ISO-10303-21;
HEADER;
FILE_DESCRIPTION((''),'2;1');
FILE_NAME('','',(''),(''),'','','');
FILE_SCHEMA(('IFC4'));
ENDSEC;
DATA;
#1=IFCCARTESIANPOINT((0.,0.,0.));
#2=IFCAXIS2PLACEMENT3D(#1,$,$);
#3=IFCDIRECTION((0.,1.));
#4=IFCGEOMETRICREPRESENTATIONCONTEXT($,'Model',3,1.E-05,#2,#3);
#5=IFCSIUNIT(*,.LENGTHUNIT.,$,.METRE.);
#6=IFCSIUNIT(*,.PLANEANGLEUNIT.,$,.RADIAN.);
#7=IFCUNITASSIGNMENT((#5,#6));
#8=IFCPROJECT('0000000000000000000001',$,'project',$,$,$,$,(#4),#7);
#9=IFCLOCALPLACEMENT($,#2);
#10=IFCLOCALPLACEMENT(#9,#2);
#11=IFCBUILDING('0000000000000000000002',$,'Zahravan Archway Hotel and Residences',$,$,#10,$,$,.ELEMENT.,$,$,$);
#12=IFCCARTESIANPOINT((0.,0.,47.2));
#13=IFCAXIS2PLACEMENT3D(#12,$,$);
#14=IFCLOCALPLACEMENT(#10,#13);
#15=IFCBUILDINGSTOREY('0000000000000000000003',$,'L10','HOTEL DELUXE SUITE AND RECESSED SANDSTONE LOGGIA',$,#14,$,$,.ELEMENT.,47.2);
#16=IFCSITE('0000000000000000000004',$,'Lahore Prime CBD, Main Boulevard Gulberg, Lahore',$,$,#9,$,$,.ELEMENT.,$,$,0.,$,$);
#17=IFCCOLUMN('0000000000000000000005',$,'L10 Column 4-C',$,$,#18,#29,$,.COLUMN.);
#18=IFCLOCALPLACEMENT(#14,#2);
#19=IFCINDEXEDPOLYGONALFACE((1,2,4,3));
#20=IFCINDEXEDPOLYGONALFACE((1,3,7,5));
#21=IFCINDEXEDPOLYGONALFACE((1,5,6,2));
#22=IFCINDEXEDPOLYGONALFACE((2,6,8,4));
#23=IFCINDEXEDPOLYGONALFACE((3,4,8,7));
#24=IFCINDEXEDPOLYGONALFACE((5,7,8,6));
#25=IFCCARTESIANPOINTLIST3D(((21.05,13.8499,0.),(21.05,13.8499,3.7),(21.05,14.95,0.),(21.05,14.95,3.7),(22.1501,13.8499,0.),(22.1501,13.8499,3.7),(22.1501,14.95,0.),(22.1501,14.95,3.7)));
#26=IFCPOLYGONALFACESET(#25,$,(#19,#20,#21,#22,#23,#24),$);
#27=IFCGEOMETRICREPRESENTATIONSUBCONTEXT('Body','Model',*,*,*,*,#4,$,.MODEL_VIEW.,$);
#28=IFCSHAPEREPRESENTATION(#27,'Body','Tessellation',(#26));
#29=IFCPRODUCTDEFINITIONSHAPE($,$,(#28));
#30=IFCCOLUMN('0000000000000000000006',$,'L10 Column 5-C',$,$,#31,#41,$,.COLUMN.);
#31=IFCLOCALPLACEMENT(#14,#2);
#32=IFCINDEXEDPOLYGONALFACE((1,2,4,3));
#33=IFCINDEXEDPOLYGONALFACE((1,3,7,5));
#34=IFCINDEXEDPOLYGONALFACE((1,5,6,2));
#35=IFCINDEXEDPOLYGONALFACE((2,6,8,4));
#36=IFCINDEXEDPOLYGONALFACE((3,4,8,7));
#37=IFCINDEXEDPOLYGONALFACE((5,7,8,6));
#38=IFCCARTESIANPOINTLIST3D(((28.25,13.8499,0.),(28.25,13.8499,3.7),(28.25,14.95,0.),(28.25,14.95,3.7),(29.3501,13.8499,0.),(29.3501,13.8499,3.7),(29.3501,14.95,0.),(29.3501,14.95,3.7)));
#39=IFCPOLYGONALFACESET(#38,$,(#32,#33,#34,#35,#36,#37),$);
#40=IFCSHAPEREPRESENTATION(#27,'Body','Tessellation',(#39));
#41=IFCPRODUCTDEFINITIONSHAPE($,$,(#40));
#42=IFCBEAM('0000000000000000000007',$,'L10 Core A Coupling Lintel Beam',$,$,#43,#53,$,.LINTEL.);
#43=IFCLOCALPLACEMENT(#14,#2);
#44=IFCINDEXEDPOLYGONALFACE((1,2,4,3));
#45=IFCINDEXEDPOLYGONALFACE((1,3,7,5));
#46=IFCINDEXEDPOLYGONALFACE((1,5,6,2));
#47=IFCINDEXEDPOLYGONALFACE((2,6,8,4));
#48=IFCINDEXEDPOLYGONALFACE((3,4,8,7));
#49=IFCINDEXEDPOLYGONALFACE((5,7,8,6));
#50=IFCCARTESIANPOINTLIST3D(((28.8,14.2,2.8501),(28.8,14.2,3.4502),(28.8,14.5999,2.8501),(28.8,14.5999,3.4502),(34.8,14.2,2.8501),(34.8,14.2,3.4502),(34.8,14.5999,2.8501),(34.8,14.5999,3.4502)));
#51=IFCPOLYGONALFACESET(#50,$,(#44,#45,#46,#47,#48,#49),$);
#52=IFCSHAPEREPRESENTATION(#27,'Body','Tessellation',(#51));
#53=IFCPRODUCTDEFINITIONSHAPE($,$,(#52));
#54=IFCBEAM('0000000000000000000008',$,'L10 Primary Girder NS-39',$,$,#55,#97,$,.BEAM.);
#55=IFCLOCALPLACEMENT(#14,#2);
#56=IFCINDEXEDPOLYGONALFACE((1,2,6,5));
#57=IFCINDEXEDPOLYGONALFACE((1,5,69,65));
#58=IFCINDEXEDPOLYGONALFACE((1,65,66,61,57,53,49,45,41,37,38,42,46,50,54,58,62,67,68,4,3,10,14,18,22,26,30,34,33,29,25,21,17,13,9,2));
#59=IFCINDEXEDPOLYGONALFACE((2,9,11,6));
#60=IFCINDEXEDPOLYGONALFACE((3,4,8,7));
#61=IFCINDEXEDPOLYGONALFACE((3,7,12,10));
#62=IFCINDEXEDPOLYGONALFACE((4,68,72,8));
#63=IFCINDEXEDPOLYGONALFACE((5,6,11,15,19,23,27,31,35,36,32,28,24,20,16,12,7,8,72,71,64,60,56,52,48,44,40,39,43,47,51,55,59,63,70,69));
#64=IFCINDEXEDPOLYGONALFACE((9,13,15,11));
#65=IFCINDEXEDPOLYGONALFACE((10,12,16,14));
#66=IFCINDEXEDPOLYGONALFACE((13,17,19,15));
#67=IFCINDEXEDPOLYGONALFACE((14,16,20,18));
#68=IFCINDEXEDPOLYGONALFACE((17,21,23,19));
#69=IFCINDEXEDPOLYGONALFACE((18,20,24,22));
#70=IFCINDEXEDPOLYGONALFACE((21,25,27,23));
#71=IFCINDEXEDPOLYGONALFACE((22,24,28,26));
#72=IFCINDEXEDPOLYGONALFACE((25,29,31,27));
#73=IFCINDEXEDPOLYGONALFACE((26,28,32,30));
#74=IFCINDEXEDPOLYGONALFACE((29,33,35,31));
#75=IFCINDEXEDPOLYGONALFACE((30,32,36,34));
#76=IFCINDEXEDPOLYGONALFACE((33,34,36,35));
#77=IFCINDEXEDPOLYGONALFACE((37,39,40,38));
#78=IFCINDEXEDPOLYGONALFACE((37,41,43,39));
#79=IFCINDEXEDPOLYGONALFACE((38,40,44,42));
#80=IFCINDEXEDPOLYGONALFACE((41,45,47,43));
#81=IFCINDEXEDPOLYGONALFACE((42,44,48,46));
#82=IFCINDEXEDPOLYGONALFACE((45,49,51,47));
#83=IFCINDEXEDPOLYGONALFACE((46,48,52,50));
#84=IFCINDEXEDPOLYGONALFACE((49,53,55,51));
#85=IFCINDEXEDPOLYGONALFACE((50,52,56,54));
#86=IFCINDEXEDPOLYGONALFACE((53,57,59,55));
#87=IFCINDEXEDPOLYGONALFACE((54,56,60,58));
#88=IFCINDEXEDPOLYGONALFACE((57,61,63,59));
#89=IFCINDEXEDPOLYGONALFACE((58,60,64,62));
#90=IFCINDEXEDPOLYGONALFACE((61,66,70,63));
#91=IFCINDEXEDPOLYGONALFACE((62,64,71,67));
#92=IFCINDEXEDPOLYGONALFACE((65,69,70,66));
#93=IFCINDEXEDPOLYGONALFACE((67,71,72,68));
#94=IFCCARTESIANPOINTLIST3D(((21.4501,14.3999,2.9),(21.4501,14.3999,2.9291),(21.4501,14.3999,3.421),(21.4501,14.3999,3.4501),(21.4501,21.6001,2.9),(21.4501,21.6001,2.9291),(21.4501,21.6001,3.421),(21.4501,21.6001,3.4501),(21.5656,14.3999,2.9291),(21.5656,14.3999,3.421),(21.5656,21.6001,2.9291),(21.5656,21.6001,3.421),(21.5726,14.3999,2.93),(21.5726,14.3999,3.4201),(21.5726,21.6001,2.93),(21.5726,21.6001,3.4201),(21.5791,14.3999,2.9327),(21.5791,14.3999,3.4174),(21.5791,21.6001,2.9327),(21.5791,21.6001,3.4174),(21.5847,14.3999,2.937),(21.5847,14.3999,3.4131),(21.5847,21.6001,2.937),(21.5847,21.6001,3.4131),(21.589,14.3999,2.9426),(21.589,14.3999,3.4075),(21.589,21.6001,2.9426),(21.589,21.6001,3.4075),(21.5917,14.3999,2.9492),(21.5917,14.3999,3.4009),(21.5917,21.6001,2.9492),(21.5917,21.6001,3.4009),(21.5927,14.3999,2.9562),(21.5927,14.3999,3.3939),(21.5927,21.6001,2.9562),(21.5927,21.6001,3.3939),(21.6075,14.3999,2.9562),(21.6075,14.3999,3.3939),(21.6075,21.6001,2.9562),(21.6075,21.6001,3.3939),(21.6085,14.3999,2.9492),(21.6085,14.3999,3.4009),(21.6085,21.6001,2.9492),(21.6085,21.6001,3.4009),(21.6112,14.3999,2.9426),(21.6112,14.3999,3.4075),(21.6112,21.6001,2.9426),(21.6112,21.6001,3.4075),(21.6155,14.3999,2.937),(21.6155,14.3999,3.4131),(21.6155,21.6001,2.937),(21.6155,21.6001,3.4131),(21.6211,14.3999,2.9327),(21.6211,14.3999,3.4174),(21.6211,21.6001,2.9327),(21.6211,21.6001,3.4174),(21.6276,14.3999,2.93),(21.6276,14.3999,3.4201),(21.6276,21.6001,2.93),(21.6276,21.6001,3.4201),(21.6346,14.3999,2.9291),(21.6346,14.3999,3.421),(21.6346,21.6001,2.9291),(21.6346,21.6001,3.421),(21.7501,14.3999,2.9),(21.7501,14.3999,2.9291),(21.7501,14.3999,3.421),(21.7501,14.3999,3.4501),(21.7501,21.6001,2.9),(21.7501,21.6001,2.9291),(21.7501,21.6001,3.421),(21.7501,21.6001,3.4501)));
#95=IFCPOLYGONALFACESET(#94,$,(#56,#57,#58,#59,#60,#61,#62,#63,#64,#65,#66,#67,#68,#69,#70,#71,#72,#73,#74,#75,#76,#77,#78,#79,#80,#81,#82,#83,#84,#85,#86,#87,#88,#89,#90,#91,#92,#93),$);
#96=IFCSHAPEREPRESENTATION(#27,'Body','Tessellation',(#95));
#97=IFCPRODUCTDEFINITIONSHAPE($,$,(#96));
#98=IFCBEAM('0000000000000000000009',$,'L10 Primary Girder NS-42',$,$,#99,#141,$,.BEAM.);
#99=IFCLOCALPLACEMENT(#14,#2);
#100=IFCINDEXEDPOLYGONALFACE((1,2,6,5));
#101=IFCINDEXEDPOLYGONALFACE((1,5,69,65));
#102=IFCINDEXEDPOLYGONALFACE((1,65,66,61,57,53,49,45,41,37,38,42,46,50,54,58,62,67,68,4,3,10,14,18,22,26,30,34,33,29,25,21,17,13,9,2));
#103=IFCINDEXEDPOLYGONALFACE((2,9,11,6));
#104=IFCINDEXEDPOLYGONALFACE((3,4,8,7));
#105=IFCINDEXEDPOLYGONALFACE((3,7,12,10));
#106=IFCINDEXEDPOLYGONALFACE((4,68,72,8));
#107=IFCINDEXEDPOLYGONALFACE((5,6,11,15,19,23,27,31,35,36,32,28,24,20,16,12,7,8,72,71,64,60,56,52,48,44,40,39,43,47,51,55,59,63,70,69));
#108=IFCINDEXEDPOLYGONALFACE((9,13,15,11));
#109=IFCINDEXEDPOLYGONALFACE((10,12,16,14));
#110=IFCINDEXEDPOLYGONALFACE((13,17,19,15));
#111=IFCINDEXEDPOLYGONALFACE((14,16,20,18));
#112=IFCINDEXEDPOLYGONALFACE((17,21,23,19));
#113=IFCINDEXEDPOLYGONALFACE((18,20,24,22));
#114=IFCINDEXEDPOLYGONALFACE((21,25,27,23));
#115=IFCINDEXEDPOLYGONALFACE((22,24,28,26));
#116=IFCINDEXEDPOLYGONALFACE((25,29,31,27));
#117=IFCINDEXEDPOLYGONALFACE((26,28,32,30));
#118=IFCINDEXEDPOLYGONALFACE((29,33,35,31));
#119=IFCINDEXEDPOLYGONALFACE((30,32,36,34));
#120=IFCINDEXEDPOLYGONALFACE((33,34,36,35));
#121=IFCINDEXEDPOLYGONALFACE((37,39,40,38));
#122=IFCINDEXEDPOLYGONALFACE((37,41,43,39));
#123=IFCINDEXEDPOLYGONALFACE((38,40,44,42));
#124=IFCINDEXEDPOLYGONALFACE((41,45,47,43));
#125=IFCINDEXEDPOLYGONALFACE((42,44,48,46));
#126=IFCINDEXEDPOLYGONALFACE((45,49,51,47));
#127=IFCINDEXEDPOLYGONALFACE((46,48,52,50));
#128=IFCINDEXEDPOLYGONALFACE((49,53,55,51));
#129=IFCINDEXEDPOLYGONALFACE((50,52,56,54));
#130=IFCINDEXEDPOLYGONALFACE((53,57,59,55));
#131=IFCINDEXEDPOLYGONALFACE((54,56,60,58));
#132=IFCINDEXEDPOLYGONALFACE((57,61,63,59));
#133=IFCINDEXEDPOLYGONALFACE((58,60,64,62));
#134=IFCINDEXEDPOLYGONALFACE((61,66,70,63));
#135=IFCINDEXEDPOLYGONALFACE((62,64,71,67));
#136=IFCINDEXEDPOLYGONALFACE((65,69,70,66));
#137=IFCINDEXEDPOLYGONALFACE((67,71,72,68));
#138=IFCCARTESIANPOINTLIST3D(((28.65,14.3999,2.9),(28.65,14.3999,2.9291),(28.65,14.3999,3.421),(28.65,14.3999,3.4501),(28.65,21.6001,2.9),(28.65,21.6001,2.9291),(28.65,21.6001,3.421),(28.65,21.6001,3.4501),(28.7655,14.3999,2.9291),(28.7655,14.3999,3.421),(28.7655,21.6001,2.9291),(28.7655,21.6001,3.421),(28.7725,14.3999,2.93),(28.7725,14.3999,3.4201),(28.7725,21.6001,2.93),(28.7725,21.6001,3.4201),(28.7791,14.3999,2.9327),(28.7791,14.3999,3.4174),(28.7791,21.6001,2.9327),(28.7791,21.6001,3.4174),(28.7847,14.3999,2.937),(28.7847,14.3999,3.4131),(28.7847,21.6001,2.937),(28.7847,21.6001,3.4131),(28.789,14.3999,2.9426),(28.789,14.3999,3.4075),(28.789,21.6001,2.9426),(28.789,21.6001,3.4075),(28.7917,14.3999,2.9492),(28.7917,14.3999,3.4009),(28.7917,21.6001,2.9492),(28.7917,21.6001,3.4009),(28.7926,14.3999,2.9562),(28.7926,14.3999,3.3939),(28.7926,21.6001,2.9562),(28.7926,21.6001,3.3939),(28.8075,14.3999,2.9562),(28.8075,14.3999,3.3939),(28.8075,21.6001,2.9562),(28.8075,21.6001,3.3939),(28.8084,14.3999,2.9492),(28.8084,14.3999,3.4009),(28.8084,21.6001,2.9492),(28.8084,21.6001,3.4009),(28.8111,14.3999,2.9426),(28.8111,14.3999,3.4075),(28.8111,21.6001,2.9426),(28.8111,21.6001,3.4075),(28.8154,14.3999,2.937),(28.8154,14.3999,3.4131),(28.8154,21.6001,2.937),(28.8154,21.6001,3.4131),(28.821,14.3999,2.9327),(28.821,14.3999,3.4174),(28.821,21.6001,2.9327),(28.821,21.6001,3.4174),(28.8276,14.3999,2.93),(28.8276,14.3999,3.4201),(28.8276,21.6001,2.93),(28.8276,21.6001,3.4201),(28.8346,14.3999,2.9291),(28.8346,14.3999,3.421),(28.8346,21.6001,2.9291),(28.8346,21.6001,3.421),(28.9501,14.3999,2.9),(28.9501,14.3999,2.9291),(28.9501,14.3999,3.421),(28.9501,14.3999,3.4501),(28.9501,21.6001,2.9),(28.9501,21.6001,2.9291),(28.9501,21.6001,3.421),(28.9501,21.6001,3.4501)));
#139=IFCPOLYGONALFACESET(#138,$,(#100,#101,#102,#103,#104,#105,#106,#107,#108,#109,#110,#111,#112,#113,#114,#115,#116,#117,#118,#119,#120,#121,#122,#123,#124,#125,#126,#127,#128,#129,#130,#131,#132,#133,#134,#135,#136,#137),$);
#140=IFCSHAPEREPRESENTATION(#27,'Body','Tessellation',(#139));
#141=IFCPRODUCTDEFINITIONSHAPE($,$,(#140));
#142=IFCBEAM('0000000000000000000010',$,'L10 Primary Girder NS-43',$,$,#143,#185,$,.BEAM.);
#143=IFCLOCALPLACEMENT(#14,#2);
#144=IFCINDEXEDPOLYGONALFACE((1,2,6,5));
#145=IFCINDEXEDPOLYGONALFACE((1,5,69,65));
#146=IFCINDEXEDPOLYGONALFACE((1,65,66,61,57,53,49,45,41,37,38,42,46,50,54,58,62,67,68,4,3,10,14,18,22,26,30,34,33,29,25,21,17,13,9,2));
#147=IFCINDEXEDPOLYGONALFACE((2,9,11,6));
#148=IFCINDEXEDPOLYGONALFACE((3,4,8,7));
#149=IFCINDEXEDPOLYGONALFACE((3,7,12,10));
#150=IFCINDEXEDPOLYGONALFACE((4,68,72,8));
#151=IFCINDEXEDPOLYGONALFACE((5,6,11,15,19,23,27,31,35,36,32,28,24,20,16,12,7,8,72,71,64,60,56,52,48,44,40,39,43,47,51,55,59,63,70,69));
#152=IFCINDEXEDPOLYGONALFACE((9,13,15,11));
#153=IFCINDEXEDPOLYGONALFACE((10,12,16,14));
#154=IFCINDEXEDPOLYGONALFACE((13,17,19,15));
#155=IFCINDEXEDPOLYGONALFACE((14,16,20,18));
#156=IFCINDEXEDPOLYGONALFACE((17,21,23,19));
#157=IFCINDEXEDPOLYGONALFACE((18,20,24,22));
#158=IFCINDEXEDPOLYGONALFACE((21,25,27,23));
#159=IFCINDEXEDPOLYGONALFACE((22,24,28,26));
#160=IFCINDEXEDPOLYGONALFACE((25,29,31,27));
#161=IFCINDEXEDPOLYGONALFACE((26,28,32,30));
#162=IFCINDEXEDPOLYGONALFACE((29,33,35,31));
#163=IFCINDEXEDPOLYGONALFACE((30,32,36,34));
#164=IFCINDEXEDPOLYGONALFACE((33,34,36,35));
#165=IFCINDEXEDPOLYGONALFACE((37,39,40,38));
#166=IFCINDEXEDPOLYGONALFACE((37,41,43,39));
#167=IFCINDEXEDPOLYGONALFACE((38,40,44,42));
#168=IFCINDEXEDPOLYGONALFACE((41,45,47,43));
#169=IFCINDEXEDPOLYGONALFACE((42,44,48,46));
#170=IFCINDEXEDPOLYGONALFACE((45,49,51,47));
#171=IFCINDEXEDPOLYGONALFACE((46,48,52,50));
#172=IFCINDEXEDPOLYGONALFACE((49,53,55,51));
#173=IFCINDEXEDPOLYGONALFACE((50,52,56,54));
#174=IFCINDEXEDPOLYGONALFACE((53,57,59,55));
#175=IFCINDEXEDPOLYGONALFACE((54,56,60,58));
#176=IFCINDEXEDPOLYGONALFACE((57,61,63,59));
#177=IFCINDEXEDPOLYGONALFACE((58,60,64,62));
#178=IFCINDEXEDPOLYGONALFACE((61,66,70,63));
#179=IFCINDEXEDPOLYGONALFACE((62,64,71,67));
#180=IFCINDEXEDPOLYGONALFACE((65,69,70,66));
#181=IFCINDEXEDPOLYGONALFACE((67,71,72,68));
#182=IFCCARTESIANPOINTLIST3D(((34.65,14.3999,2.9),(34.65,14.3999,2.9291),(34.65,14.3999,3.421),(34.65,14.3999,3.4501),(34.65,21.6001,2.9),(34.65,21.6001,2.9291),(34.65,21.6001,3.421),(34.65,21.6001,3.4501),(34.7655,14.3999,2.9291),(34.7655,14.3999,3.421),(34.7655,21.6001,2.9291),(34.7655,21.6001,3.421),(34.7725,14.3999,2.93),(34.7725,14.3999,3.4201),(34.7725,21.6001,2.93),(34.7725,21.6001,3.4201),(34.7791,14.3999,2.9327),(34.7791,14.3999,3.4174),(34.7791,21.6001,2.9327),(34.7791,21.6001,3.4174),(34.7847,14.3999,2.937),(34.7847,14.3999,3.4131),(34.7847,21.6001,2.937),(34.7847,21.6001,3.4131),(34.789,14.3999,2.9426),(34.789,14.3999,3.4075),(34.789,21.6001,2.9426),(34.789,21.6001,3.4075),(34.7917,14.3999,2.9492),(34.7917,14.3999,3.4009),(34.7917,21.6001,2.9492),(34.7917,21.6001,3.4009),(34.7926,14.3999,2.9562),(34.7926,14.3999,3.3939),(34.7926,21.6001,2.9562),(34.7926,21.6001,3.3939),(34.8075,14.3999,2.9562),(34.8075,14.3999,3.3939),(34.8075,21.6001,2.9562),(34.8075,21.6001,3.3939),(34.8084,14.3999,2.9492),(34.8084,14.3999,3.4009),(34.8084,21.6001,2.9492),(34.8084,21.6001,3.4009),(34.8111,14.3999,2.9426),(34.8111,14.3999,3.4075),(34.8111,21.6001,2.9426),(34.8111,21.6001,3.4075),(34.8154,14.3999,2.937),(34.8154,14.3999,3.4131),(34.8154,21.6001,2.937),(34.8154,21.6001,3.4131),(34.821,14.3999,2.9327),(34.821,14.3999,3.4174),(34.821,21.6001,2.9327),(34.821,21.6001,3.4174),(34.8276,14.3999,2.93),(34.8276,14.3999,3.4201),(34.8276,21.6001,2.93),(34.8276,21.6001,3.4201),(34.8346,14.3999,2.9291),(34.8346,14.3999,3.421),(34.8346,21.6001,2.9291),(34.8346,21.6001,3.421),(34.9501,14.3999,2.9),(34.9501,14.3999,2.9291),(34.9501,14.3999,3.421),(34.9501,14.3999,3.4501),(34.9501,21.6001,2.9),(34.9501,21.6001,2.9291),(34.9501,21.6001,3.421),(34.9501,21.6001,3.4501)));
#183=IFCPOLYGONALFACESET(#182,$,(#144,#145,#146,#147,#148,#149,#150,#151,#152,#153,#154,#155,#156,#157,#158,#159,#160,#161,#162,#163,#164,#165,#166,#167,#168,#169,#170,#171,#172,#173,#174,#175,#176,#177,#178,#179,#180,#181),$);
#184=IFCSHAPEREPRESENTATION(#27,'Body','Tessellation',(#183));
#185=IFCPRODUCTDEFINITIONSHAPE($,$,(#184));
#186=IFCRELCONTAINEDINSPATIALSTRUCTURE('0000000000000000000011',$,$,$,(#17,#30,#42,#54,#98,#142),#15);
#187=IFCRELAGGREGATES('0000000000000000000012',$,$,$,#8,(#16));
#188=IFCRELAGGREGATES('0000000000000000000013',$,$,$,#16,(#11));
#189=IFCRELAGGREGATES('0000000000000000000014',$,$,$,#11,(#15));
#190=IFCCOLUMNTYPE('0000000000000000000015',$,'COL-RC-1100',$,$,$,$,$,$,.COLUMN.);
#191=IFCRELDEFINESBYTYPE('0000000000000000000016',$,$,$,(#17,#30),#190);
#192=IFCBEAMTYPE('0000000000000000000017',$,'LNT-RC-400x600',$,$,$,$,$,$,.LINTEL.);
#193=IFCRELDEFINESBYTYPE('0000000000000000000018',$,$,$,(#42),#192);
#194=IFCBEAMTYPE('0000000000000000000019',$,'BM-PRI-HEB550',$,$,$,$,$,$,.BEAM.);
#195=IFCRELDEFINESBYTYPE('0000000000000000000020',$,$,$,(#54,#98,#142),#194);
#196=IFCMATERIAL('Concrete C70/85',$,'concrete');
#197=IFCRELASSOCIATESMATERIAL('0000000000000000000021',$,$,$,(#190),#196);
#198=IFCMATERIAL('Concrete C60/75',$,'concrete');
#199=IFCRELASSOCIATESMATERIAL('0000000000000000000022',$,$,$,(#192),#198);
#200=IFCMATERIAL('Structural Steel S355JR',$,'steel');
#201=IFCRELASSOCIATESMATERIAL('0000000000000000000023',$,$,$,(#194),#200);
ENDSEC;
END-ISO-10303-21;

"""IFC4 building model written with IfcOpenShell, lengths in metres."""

from ifc_helpers import new_model, si_unit, direction, frame, origin, origin_2d, place, context, subcontext, project, spatial, rectangle, i_section, extrude, source, transform, mapped, material, material_profile, profile_set, type_object, type_shapes, element, save


model = new_model("IFC4")

# Units and contexts
model_context = context("Model", 3, precision=1e-05, world=origin(), true_north=direction((0.0, 1.0)))
body_context = subcontext(model_context, "Body", "Model", "MODEL_VIEW")
ifc_project = project(units=[si_unit("LENGTHUNIT", "METRE"), si_unit("PLANEANGLEUNIT", "RADIAN")], contexts=[model_context])

# Site, building, storey
site_placement = place(None, origin())
site = spatial("IfcSite", under=ifc_project, at=site_placement, Name="Lahore Prime CBD, Main Boulevard Gulberg, Lahore", CompositionType="ELEMENT", RefElevation=0.0)
building_placement = place(site_placement, origin())
building = spatial("IfcBuilding", under=site, at=building_placement, Name="Zahravan Archway Hotel and Residences", CompositionType="ELEMENT")
storey_placement = place(building_placement, frame((0.0, 0.0, 47.2)))
storey = spatial("IfcBuildingStorey", under=building, at=storey_placement, Name="L10", Description="HOTEL DELUXE SUITE AND RECESSED SANDSTONE LOGGIA", CompositionType="ELEMENT", Elevation=47.2)

# Columns
ifc_material_1 = material(Name="Concrete C70/85", Category="concrete")
ifc_material_profile_1 = material_profile(ifc_material_1, rectangle(XDim=1.1001, YDim=1.1001, at=origin_2d()), Name="RC 1100x1100", Category="concrete")
ifc_profile_set_1 = profile_set([ifc_material_profile_1], Name="Concrete C70/85")
column_type = type_object("IfcColumnType", Name="COL-RC-1100", PredefinedType="COLUMN", material=ifc_profile_set_1)
shared_shape_1 = source(origin(), body_context, "Body", "SweptSolid", [
    extrude(rectangle(XDim=1.1001, YDim=1.1001, at=origin_2d()), origin(), (0.0, 0.0, 1.0), 3.7),
])
for number, where, z_axis, x_axis, name in (
    (1, (21.6001, 14.3999, 0.0), (0.0, 0.0, 1.0), (1.0, 0.0, 0.0), "L10 Column 4-C"),
    (2, (28.8, 14.3999, 0.0), (0.0, 0.0, 1.0), (1.0, 0.0, 0.0), "L10 Column 5-C"),
):
    element("IfcColumn", number, at=place(storey_placement, frame(where, z_axis=z_axis, x_axis=x_axis)), inside=storey, type_object=column_type, Name=name, PredefinedType="COLUMN", context=body_context, shape_type="MappedRepresentation", body=[
        mapped(shared_shape_1, transform((0.0, 0.0, 0.0), scale=1.0)),
    ])

# Beams
ifc_material_2 = material(Name="Concrete C60/75", Category="concrete")
ifc_material_profile_2 = material_profile(ifc_material_2, rectangle(XDim=0.3999, YDim=0.6001, at=origin_2d()), Name="RC-LNT-400x600", Category="concrete")
ifc_profile_set_2 = profile_set([ifc_material_profile_2], Name="Concrete C60/75")
beam_type_1 = type_object("IfcBeamType", Name="LNT-RC-400x600", PredefinedType="LINTEL", material=ifc_profile_set_2)
shared_shape_2 = source(origin(), body_context, "Body", "SweptSolid", [
    extrude(rectangle(XDim=0.3999, YDim=0.6001, at=origin_2d()), origin(), (0.0, 0.0, 1.0), 6.0),
])
type_shapes(beam_type_1, [shared_shape_2])
beam_1_placement = place(storey_placement, frame((28.8, 14.3999, 3.1501), z_axis=(1.0, 0.0, 0.0), x_axis=(0.0, 1.0, 0.0)))
element("IfcBeam", 3, at=beam_1_placement, inside=storey, type_object=beam_type_1, Name="L10 Core A Coupling Lintel Beam", PredefinedType="LINTEL", context=body_context, shape_type="MappedRepresentation", body=[
    mapped(shared_shape_2, transform((0.0, 0.0, 0.0), scale=1.0)),
])
ifc_material_3 = material(Name="Structural Steel S355JR", Category="steel")
ifc_material_profile_3 = material_profile(ifc_material_3, i_section(OverallWidth=0.3, OverallDepth=0.55, WebThickness=0.0149, FlangeThickness=0.0291, FilletRadius=0.0271, at=origin_2d()), Name="HEB 550", Category="steel")
ifc_profile_set_3 = profile_set([ifc_material_profile_3], Name="Structural Steel S355JR")
beam_type_2 = type_object("IfcBeamType", Name="BM-PRI-HEB550", PredefinedType="BEAM", material=ifc_profile_set_3)
shared_shape_3 = source(origin(), body_context, "Body", "SweptSolid", [
    extrude(i_section(OverallWidth=0.3, OverallDepth=0.55, WebThickness=0.0149, FlangeThickness=0.0291, FilletRadius=0.0271, at=origin_2d()), origin(), (0.0, 0.0, 1.0), 7.2002),
])
type_shapes(beam_type_2, [shared_shape_3])
for number, where, z_axis, x_axis, name in (
    (4, (21.6001, 14.3999, 3.175), (0.0, 1.0, 0.0), (-1.0, 0.0, 0.0), "L10 Primary Girder NS-39"),
    (5, (28.8, 14.3999, 3.175), (0.0, 1.0, 0.0), (-1.0, 0.0, 0.0), "L10 Primary Girder NS-42"),
    (6, (34.8, 14.3999, 3.175), (0.0, 1.0, 0.0), (-1.0, 0.0, 0.0), "L10 Primary Girder NS-43"),
):
    element("IfcBeam", number, at=place(storey_placement, frame(where, z_axis=z_axis, x_axis=x_axis)), inside=storey, type_object=beam_type_2, Name=name, PredefinedType="BEAM", context=body_context, shape_type="MappedRepresentation", body=[
        mapped(shared_shape_3, transform((0.0, 0.0, 0.0), scale=1.0)),
    ])

save(model, "model.ifc")
